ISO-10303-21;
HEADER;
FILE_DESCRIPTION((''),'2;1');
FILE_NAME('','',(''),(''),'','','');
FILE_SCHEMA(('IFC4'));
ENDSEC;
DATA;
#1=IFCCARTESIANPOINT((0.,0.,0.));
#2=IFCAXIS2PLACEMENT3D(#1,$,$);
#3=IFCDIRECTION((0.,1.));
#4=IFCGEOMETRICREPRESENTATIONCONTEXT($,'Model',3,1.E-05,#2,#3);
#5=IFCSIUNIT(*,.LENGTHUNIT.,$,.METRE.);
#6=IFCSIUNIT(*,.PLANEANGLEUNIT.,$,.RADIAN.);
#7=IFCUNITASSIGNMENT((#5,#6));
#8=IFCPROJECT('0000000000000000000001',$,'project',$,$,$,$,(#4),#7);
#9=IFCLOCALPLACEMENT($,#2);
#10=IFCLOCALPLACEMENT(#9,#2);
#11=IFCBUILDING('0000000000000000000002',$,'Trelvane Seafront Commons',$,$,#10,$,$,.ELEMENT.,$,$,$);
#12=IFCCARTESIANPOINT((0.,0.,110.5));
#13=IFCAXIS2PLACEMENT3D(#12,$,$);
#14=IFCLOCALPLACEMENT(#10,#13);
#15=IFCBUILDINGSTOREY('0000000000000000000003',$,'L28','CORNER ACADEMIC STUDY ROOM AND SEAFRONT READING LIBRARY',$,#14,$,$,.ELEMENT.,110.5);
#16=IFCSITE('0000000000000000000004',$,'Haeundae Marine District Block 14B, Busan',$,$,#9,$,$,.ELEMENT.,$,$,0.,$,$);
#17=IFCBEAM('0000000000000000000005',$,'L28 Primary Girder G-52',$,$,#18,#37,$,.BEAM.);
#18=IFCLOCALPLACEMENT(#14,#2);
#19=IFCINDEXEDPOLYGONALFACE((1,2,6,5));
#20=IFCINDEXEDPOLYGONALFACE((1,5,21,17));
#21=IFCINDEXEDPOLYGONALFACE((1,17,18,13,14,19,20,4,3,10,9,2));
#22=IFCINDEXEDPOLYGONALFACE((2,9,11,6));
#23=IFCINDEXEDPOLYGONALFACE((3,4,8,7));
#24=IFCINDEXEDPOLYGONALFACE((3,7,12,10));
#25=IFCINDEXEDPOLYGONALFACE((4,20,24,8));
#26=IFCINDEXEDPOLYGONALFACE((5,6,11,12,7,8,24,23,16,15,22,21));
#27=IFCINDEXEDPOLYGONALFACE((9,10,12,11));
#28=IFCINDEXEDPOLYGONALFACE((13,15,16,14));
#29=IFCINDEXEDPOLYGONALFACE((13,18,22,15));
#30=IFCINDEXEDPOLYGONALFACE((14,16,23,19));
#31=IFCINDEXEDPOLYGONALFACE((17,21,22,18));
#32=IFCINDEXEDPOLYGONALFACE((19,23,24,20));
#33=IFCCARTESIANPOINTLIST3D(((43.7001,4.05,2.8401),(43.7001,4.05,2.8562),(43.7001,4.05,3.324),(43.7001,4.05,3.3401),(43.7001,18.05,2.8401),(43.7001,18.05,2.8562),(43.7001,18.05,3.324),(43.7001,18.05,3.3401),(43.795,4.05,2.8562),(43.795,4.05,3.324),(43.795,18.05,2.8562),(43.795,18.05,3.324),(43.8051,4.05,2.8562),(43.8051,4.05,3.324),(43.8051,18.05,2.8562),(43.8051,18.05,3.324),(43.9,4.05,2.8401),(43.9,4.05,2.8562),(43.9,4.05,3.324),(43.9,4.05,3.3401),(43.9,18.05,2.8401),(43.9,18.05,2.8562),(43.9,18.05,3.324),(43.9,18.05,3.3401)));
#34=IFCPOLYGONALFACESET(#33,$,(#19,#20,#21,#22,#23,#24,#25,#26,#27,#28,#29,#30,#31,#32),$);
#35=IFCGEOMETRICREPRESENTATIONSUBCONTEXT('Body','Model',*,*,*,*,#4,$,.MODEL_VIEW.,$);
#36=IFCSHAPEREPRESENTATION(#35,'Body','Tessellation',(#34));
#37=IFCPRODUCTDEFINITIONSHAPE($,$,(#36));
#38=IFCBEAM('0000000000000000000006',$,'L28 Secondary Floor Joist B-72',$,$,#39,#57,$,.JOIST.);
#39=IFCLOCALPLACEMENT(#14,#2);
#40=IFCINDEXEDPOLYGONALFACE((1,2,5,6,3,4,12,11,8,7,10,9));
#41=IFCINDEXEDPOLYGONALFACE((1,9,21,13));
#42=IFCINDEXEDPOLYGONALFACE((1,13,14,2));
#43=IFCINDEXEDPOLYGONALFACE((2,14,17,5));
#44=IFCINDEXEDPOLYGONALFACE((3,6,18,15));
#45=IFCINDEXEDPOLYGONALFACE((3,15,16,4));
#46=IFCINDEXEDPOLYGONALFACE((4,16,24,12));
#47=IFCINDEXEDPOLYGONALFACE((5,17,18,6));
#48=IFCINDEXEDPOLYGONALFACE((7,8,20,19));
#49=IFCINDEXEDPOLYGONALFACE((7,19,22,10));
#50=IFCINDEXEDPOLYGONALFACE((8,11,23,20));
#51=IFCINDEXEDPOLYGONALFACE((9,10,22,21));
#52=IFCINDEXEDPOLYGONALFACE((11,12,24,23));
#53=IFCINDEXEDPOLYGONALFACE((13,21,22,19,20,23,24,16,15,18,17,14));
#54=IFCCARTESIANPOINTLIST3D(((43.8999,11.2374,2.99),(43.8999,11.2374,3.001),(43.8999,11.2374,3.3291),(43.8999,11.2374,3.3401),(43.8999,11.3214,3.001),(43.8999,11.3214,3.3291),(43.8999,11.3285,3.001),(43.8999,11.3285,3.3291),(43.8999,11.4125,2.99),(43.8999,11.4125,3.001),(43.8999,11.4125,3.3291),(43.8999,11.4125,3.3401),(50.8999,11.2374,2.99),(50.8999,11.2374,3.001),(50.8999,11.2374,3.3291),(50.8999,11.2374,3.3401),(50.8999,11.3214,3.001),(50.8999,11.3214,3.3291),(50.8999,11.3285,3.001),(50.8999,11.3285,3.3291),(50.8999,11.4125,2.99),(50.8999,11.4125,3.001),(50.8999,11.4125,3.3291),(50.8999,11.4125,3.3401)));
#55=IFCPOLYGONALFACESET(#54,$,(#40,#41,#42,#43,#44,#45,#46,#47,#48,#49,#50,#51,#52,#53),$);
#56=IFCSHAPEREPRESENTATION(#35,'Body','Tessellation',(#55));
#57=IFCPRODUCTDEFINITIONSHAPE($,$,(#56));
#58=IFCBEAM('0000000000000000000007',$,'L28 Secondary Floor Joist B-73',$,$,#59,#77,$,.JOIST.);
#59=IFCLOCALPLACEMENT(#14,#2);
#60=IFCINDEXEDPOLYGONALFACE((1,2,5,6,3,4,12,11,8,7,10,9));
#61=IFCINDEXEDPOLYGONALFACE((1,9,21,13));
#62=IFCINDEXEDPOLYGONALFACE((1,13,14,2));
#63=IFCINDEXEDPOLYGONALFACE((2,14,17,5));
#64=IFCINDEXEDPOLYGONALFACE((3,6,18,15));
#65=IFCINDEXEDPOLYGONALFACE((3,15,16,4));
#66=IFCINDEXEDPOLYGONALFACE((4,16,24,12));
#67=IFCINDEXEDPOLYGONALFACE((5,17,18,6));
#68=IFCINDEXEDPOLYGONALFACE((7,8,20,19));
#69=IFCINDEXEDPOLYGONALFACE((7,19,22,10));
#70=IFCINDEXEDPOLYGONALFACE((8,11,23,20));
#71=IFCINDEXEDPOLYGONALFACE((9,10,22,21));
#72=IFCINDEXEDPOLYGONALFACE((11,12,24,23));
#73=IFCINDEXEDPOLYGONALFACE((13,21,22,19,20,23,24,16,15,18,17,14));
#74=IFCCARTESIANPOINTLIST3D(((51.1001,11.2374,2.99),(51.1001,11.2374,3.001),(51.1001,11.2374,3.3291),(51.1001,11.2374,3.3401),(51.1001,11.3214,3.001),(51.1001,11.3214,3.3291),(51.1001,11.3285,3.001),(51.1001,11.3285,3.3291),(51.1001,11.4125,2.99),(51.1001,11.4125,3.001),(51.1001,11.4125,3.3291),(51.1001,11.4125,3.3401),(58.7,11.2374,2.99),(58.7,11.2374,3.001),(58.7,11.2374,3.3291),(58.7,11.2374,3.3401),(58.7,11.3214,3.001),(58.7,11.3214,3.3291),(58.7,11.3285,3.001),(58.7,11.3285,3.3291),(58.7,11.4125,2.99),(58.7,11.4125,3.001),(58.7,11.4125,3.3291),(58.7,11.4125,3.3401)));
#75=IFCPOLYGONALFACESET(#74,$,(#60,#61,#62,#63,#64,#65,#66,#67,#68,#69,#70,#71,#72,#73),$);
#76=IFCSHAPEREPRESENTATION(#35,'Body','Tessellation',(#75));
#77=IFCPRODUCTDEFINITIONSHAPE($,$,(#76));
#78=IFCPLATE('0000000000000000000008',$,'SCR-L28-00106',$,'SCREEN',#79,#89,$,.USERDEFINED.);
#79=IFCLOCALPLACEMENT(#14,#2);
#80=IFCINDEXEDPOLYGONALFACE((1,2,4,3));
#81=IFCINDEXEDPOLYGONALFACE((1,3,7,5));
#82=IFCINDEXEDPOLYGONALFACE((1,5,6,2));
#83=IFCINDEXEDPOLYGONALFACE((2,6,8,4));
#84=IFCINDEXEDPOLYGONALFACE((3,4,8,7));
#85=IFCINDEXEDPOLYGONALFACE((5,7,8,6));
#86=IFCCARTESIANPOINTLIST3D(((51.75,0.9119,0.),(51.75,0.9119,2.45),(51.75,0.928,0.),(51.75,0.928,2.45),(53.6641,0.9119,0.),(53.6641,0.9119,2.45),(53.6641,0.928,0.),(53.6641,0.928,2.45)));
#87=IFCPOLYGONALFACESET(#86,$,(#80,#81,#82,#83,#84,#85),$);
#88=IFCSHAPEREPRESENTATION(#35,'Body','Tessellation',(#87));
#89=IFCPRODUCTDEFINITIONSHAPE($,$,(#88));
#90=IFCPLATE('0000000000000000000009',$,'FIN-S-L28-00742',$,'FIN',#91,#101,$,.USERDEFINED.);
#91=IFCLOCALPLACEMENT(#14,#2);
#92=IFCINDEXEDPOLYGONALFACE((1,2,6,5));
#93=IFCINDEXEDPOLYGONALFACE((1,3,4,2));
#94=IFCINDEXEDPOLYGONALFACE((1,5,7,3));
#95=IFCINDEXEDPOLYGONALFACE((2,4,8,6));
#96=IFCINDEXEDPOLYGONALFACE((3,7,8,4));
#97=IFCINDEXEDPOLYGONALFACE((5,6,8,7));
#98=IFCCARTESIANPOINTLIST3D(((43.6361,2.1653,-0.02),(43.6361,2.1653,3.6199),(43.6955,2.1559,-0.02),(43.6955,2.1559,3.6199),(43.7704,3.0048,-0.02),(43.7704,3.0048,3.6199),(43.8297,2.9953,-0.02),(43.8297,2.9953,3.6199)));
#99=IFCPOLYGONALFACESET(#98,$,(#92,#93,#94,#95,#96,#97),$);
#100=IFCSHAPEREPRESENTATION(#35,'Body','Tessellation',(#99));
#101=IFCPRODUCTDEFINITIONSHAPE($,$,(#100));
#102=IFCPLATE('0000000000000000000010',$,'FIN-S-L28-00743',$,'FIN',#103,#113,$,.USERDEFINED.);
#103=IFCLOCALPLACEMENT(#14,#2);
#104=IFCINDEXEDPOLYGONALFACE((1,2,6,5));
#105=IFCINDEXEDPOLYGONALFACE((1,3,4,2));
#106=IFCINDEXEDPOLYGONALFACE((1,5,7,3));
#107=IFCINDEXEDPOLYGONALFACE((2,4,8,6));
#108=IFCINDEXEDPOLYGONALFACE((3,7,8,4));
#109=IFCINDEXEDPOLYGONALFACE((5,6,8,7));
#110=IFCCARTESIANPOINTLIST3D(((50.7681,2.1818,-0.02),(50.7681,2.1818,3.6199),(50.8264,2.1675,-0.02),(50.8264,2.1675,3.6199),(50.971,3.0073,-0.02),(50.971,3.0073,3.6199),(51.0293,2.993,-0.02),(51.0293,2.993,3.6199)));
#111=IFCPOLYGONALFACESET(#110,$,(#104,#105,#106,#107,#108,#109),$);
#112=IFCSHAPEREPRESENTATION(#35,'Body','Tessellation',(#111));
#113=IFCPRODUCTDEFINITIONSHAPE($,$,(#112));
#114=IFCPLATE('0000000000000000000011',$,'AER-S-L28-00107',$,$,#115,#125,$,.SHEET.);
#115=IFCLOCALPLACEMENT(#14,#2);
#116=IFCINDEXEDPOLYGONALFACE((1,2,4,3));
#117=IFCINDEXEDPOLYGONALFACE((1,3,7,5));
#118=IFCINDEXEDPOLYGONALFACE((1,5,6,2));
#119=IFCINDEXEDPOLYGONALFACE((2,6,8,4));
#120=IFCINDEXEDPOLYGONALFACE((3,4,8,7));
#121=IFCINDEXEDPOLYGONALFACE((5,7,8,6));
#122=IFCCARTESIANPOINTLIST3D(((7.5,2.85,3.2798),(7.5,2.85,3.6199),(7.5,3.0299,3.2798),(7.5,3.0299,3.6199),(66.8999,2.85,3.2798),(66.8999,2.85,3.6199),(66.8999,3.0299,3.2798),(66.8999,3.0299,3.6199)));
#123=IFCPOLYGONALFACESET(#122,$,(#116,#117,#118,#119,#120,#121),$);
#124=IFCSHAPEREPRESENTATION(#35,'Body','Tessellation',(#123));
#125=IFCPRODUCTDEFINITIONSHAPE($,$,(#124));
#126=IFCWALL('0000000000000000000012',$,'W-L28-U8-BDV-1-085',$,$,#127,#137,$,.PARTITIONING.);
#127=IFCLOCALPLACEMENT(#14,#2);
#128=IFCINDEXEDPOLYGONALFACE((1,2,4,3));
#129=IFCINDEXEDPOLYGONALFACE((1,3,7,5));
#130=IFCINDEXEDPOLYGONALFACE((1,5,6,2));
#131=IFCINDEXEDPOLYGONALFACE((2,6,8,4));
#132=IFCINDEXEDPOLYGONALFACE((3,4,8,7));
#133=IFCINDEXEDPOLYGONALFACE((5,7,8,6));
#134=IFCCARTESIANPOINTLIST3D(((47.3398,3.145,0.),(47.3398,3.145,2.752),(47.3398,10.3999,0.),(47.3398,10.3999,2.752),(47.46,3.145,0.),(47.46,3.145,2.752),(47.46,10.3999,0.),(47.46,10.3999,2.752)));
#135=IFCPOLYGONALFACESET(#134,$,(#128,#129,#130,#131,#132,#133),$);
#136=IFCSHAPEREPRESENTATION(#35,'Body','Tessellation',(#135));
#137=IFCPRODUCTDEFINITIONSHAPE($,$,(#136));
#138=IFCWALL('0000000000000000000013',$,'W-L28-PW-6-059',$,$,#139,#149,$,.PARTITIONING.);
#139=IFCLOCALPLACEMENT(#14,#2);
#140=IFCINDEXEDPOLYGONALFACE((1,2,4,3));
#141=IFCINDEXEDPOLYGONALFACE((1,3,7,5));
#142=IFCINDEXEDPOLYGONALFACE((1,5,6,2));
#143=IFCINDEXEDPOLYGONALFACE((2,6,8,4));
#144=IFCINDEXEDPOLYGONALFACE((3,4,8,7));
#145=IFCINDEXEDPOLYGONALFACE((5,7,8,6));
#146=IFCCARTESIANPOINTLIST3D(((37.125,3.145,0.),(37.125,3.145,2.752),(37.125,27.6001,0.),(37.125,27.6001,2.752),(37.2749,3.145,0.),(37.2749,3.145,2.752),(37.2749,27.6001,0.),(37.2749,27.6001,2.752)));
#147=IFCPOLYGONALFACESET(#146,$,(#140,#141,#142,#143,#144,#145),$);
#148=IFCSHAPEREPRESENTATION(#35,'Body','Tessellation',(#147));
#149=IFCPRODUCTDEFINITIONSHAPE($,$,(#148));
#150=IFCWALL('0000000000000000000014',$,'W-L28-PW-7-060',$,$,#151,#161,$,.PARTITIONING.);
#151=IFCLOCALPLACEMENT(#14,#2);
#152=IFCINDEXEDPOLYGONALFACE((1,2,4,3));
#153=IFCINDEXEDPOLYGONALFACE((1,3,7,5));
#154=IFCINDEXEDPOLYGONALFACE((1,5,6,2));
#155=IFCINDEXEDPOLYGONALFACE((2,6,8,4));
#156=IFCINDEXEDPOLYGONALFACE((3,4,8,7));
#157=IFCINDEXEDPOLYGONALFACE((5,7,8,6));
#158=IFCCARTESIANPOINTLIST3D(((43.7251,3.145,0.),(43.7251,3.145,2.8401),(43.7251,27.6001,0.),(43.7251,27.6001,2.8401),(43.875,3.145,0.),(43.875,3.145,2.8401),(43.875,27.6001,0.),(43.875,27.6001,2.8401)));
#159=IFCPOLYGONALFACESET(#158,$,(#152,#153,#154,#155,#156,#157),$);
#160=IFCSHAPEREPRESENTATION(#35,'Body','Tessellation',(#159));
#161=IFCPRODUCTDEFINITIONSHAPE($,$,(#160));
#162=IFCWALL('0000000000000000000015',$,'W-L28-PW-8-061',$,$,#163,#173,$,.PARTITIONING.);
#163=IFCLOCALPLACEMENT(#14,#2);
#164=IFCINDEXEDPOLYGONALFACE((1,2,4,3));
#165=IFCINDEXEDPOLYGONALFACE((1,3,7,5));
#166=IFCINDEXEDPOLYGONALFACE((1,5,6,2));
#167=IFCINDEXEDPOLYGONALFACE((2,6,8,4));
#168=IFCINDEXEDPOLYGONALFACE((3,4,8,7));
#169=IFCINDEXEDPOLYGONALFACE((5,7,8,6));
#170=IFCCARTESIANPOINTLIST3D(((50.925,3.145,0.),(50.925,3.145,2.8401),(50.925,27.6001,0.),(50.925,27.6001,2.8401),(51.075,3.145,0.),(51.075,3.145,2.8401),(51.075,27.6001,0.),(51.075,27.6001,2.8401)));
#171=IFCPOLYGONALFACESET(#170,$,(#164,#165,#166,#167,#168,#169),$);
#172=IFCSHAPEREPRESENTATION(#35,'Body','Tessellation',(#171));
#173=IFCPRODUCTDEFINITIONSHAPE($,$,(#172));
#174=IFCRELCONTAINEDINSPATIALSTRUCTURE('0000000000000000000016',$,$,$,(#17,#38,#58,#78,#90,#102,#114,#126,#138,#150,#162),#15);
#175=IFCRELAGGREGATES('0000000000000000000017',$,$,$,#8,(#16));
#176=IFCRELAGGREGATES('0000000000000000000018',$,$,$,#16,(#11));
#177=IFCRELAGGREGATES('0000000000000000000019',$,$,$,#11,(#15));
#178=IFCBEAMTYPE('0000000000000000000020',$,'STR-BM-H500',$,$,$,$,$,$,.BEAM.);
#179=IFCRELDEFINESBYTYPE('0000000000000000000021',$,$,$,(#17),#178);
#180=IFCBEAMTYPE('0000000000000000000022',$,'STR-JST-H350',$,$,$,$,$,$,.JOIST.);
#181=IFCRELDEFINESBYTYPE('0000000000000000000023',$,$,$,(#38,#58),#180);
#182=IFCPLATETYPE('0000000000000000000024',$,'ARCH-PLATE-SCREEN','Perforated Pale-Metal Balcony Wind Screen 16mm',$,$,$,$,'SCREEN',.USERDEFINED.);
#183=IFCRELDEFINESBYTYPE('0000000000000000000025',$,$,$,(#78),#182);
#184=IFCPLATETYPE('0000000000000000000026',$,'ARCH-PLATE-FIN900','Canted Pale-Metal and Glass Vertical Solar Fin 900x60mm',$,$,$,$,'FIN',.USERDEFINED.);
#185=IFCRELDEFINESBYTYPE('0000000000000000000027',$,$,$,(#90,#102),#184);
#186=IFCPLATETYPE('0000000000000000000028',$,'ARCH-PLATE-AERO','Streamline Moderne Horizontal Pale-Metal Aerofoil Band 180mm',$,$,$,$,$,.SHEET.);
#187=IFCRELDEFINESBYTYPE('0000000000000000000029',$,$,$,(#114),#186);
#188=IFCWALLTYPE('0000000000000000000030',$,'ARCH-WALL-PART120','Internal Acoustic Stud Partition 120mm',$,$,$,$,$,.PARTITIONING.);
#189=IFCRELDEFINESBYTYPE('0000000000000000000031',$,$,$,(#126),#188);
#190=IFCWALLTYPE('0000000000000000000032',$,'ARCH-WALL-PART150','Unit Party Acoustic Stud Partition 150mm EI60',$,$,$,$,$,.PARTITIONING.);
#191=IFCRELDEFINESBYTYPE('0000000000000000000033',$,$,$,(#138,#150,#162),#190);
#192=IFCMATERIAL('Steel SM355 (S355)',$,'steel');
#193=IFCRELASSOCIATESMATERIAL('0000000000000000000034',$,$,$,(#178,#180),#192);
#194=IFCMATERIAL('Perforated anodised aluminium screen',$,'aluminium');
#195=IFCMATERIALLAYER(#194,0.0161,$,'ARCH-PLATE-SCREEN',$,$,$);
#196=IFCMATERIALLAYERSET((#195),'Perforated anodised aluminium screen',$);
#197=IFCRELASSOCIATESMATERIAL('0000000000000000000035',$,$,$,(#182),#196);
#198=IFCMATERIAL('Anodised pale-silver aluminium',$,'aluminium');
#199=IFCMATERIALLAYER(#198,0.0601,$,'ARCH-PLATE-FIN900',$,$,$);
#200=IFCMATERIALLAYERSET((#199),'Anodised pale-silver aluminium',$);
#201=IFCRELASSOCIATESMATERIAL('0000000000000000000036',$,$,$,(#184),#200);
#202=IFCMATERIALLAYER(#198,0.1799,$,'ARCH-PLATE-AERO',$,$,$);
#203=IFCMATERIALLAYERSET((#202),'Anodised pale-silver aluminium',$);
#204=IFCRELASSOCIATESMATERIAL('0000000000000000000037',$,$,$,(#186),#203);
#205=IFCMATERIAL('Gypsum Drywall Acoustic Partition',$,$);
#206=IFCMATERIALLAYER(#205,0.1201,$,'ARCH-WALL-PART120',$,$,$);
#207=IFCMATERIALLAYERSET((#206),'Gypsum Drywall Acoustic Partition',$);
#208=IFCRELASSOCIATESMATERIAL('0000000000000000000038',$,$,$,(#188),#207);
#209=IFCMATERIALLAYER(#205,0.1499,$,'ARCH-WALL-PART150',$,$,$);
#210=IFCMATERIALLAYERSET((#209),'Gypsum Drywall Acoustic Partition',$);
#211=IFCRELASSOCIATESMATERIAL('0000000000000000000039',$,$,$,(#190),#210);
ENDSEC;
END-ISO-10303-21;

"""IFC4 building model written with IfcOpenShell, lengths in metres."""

from ifc_helpers import new_model, si_unit, direction, frame, frame_2d, origin, origin_2d, place, context, subcontext, project, spatial, rectangle, i_section, extrude, source, transform, mapped, material, layer, layer_set, material_profile, profile_set, type_object, element, save


model = new_model("IFC4")

# Units and contexts
model_context = context("Model", 3, precision=1e-05, world=origin(), true_north=direction((0.0, 1.0)))
body_context = subcontext(model_context, "Body", "Model", "MODEL_VIEW")
ifc_project = project(units=[si_unit("LENGTHUNIT", "METRE"), si_unit("PLANEANGLEUNIT", "RADIAN")], contexts=[model_context])

# Site, building, storey
site_placement = place(None, origin())
site = spatial("IfcSite", under=ifc_project, at=site_placement, Name="Haeundae Marine District Block 14B, Busan", CompositionType="ELEMENT", RefElevation=0.0)
building_placement = place(site_placement, origin())
building = spatial("IfcBuilding", under=site, at=building_placement, Name="Trelvane Seafront Commons", CompositionType="ELEMENT")
storey_placement = place(building_placement, frame((0.0, 0.0, 110.5)))
storey = spatial("IfcBuildingStorey", under=building, at=storey_placement, Name="L28", Description="CORNER ACADEMIC STUDY ROOM AND SEAFRONT READING LIBRARY", CompositionType="ELEMENT", Elevation=110.5)

# Shared definitions
ifc_material_1 = material(Name="Steel SM355 (S355)", Category="steel")

# Beams
ifc_material_profile_1 = material_profile(ifc_material_1, i_section(OverallWidth=0.2, OverallDepth=0.5, WebThickness=0.01, FlangeThickness=0.0161, at=origin_2d()), Name="H-500x200x10x16")
ifc_profile_set_1 = profile_set([ifc_material_profile_1], Name="Steel SM355 (S355)")
beam_type_1 = type_object("IfcBeamType", Name="STR-BM-H500", PredefinedType="BEAM", material=ifc_profile_set_1)
shared_shape_1 = source(origin(), body_context, "Body", "SweptSolid", [
    extrude(i_section(OverallWidth=0.2, OverallDepth=0.5, WebThickness=0.01, FlangeThickness=0.0161, at=origin_2d()), origin(), (0.0, 0.0, 1.0), 14.0),
])
beam_1_placement = place(storey_placement, frame((43.8, 4.05, 3.0901), z_axis=(0.0, 1.0, 0.0), x_axis=(-1.0, 0.0, 0.0)))
element("IfcBeam", 1, at=beam_1_placement, inside=storey, type_object=beam_type_1, Name="L28 Primary Girder G-52", PredefinedType="BEAM", context=body_context, shape_type="MappedRepresentation", body=[
    mapped(shared_shape_1, transform((0.0, 0.0, 0.0), x_axis=(1.0, 0.0, 0.0), y_axis=(0.0, 1.0, 0.0), z_axis=(0.0, 0.0, 1.0), scale=1.0)),
])
ifc_material_profile_2 = material_profile(ifc_material_1, i_section(OverallWidth=0.175, OverallDepth=0.3501, WebThickness=0.0071, FlangeThickness=0.011, at=origin_2d()), Name="H-350x175x7x11")
ifc_profile_set_2 = profile_set([ifc_material_profile_2], Name="Steel SM355 (S355)")
beam_type_2 = type_object("IfcBeamType", Name="STR-JST-H350", PredefinedType="JOIST", material=ifc_profile_set_2)
shared_shape_2 = source(origin(), body_context, "Body", "SweptSolid", [
    extrude(i_section(OverallWidth=0.175, OverallDepth=0.3501, WebThickness=0.0071, FlangeThickness=0.011, at=origin_2d()), origin(), (0.0, 0.0, 1.0), 7.0),
])
beam_2_placement = place(storey_placement, frame((43.8999, 11.325, 3.165), z_axis=(1.0, 0.0, 0.0), x_axis=(0.0, 1.0, 0.0)))
element("IfcBeam", 2, at=beam_2_placement, inside=storey, type_object=beam_type_2, Name="L28 Secondary Floor Joist B-72", PredefinedType="JOIST", context=body_context, shape_type="MappedRepresentation", body=[
    mapped(shared_shape_2, transform((0.0, 0.0, 0.0), x_axis=(1.0, 0.0, 0.0), y_axis=(0.0, 1.0, 0.0), z_axis=(0.0, 0.0, 1.0), scale=1.0)),
])
shared_shape_3 = source(origin(), body_context, "Body", "SweptSolid", [
    extrude(i_section(OverallWidth=0.175, OverallDepth=0.3501, WebThickness=0.0071, FlangeThickness=0.011, at=origin_2d()), origin(), (0.0, 0.0, 1.0), 7.5999),
])
beam_3_placement = place(storey_placement, frame((51.1001, 11.325, 3.165), z_axis=(1.0, 0.0, 0.0), x_axis=(0.0, 1.0, 0.0)))
element("IfcBeam", 3, at=beam_3_placement, inside=storey, type_object=beam_type_2, Name="L28 Secondary Floor Joist B-73", PredefinedType="JOIST", context=body_context, shape_type="MappedRepresentation", body=[
    mapped(shared_shape_3, transform((0.0, 0.0, 0.0), x_axis=(1.0, 0.0, 0.0), y_axis=(0.0, 1.0, 0.0), z_axis=(0.0, 0.0, 1.0), scale=1.0)),
])

# Plates
ifc_material_2 = material(Name="Perforated anodised aluminium screen", Category="aluminium")
ifc_layer_1 = layer(ifc_material_2, 0.0161, Name="ARCH-PLATE-SCREEN")
ifc_layer_set_1 = layer_set([ifc_layer_1], Name="Perforated anodised aluminium screen")
plate_type_1 = type_object("IfcPlateType", Name="ARCH-PLATE-SCREEN", Description="Perforated Pale-Metal Balcony Wind Screen 16mm", ElementType="SCREEN", PredefinedType="USERDEFINED", material=ifc_layer_set_1)
shared_shape_4 = source(origin(), body_context, "Body", "SweptSolid", [
    extrude(rectangle(XDim=1.9141, YDim=0.0161, at=origin_2d()), origin(), (0.0, 0.0, 1.0), 2.45),
])
plate_1_placement = place(storey_placement, frame((52.707, 0.9199, 0.0), z_axis=(0.0, 0.0, 1.0), x_axis=(1.0, 0.0, 0.0)))
element("IfcPlate", 4, at=plate_1_placement, inside=storey, type_object=plate_type_1, Name="SCR-L28-00106", ObjectType="SCREEN", PredefinedType="USERDEFINED", context=body_context, shape_type="MappedRepresentation", body=[
    mapped(shared_shape_4, transform((0.0, 0.0, 0.0), x_axis=(1.0, 0.0, 0.0), y_axis=(0.0, 1.0, 0.0), z_axis=(0.0, 0.0, 1.0), scale=1.0)),
])
ifc_material_3 = material(Name="Anodised pale-silver aluminium", Category="aluminium")
ifc_layer_2 = layer(ifc_material_3, 0.0601, Name="ARCH-PLATE-FIN900")
ifc_layer_set_2 = layer_set([ifc_layer_2], Name="Anodised pale-silver aluminium")
plate_type_2 = type_object("IfcPlateType", Name="ARCH-PLATE-FIN900", Description="Canted Pale-Metal and Glass Vertical Solar Fin 900x60mm", ElementType="FIN", PredefinedType="USERDEFINED", material=ifc_layer_set_2)
shared_shape_5 = source(origin(), body_context, "Body", "SweptSolid", [
    extrude(rectangle(XDim=0.8501, YDim=0.0601, at=origin_2d()), origin(), (0.0, 0.0, 1.0), 3.6399),
])
for number, where, z_axis, x_axis, name in (
    (5, (43.7329, 2.5803, -0.02), (0.0, 0.0, 1.0), (-0.157889, -0.987457, 0.0), "FIN-S-L28-00742"),
    (6, (50.8987, 2.5874, -0.02), (0.0, 0.0, 1.0), (-0.238713, -0.97109, 0.0), "FIN-S-L28-00743"),
):
    element("IfcPlate", number, at=place(storey_placement, frame(where, z_axis=z_axis, x_axis=x_axis)), inside=storey, type_object=plate_type_2, Name=name, ObjectType="FIN", PredefinedType="USERDEFINED", context=body_context, shape_type="MappedRepresentation", body=[
        mapped(shared_shape_5, transform((0.0, 0.0, 0.0), x_axis=(1.0, 0.0, 0.0), y_axis=(0.0, 1.0, 0.0), z_axis=(0.0, 0.0, 1.0), scale=1.0)),
    ])
ifc_layer_3 = layer(ifc_material_3, 0.1799, Name="ARCH-PLATE-AERO")
ifc_layer_set_3 = layer_set([ifc_layer_3], Name="Anodised pale-silver aluminium")
plate_type_3 = type_object("IfcPlateType", Name="ARCH-PLATE-AERO", Description="Streamline Moderne Horizontal Pale-Metal Aerofoil Band 180mm", PredefinedType="SHEET", material=ifc_layer_set_3)
shared_shape_6 = source(origin(), body_context, "Body", "SweptSolid", [
    extrude(rectangle(XDim=59.3999, YDim=0.1799, at=origin_2d()), origin(), (0.0, 0.0, 1.0), 0.3401),
])
plate_2_placement = place(storey_placement, frame((37.2, 2.9399, 3.2798), z_axis=(0.0, 0.0, 1.0), x_axis=(-1.0, 0.0, 0.0)))
element("IfcPlate", 7, at=plate_2_placement, inside=storey, type_object=plate_type_3, Name="AER-S-L28-00107", PredefinedType="SHEET", context=body_context, shape_type="MappedRepresentation", body=[
    mapped(shared_shape_6, transform((0.0, 0.0, 0.0), x_axis=(1.0, 0.0, 0.0), y_axis=(0.0, 1.0, 0.0), z_axis=(0.0, 0.0, 1.0), scale=1.0)),
])

# Shared definitions
ifc_material_4 = material(Name="Gypsum Drywall Acoustic Partition")
ifc_layer_4 = layer(ifc_material_4, 0.1201, Name="ARCH-WALL-PART120")
ifc_layer_set_4 = layer_set([ifc_layer_4], Name="Gypsum Drywall Acoustic Partition")
wall_type_1 = type_object("IfcWallType", Name="ARCH-WALL-PART120", Description="Internal Acoustic Stud Partition 120mm", PredefinedType="PARTITIONING", material=ifc_layer_set_4)

# Walls
wall_1_placement = place(storey_placement, frame((47.3999, 3.145, 0.0), z_axis=(0.0, 0.0, 1.0), x_axis=(0.0, 1.0, 0.0)))
element("IfcWall", 8, at=wall_1_placement, inside=storey, type_object=wall_type_1, Name="W-L28-U8-BDV-1-085", PredefinedType="PARTITIONING", context=body_context, shape_type="SweptSolid", body=[
    extrude(rectangle(XDim=7.2549, YDim=0.1201, at=frame_2d((3.6274, 0.0))), origin(), (0.0, 0.0, 1.0), 2.752),
])
ifc_layer_5 = layer(ifc_material_4, 0.1499, Name="ARCH-WALL-PART150")
ifc_layer_set_5 = layer_set([ifc_layer_5], Name="Gypsum Drywall Acoustic Partition")
wall_type_2 = type_object("IfcWallType", Name="ARCH-WALL-PART150", Description="Unit Party Acoustic Stud Partition 150mm EI60", PredefinedType="PARTITIONING", material=ifc_layer_set_5)
wall_2_placement = place(storey_placement, frame((37.2, 3.145, 0.0), z_axis=(0.0, 0.0, 1.0), x_axis=(0.0, 1.0, 0.0)))
element("IfcWall", 9, at=wall_2_placement, inside=storey, type_object=wall_type_2, Name="W-L28-PW-6-059", PredefinedType="PARTITIONING", context=body_context, shape_type="SweptSolid", body=[
    extrude(rectangle(XDim=24.4551, YDim=0.1499, at=frame_2d((12.2275, 0.0))), origin(), (0.0, 0.0, 1.0), 2.752),
])
for number, where, z_axis, x_axis, name in (
    (10, (43.8, 3.145, 0.0), (0.0, 0.0, 1.0), (0.0, 1.0, 0.0), "W-L28-PW-7-060"),
    (11, (51.0, 3.145, 0.0), (0.0, 0.0, 1.0), (0.0, 1.0, 0.0), "W-L28-PW-8-061"),
):
    element("IfcWall", number, at=place(storey_placement, frame(where, z_axis=z_axis, x_axis=x_axis)), inside=storey, type_object=wall_type_2, Name=name, PredefinedType="PARTITIONING", context=body_context, shape_type="SweptSolid", body=[
        extrude(rectangle(XDim=24.4551, YDim=0.1499, at=frame_2d((12.2275, 0.0))), origin(), (0.0, 0.0, 1.0), 2.8401),
    ])

save(model, "model.ifc")
